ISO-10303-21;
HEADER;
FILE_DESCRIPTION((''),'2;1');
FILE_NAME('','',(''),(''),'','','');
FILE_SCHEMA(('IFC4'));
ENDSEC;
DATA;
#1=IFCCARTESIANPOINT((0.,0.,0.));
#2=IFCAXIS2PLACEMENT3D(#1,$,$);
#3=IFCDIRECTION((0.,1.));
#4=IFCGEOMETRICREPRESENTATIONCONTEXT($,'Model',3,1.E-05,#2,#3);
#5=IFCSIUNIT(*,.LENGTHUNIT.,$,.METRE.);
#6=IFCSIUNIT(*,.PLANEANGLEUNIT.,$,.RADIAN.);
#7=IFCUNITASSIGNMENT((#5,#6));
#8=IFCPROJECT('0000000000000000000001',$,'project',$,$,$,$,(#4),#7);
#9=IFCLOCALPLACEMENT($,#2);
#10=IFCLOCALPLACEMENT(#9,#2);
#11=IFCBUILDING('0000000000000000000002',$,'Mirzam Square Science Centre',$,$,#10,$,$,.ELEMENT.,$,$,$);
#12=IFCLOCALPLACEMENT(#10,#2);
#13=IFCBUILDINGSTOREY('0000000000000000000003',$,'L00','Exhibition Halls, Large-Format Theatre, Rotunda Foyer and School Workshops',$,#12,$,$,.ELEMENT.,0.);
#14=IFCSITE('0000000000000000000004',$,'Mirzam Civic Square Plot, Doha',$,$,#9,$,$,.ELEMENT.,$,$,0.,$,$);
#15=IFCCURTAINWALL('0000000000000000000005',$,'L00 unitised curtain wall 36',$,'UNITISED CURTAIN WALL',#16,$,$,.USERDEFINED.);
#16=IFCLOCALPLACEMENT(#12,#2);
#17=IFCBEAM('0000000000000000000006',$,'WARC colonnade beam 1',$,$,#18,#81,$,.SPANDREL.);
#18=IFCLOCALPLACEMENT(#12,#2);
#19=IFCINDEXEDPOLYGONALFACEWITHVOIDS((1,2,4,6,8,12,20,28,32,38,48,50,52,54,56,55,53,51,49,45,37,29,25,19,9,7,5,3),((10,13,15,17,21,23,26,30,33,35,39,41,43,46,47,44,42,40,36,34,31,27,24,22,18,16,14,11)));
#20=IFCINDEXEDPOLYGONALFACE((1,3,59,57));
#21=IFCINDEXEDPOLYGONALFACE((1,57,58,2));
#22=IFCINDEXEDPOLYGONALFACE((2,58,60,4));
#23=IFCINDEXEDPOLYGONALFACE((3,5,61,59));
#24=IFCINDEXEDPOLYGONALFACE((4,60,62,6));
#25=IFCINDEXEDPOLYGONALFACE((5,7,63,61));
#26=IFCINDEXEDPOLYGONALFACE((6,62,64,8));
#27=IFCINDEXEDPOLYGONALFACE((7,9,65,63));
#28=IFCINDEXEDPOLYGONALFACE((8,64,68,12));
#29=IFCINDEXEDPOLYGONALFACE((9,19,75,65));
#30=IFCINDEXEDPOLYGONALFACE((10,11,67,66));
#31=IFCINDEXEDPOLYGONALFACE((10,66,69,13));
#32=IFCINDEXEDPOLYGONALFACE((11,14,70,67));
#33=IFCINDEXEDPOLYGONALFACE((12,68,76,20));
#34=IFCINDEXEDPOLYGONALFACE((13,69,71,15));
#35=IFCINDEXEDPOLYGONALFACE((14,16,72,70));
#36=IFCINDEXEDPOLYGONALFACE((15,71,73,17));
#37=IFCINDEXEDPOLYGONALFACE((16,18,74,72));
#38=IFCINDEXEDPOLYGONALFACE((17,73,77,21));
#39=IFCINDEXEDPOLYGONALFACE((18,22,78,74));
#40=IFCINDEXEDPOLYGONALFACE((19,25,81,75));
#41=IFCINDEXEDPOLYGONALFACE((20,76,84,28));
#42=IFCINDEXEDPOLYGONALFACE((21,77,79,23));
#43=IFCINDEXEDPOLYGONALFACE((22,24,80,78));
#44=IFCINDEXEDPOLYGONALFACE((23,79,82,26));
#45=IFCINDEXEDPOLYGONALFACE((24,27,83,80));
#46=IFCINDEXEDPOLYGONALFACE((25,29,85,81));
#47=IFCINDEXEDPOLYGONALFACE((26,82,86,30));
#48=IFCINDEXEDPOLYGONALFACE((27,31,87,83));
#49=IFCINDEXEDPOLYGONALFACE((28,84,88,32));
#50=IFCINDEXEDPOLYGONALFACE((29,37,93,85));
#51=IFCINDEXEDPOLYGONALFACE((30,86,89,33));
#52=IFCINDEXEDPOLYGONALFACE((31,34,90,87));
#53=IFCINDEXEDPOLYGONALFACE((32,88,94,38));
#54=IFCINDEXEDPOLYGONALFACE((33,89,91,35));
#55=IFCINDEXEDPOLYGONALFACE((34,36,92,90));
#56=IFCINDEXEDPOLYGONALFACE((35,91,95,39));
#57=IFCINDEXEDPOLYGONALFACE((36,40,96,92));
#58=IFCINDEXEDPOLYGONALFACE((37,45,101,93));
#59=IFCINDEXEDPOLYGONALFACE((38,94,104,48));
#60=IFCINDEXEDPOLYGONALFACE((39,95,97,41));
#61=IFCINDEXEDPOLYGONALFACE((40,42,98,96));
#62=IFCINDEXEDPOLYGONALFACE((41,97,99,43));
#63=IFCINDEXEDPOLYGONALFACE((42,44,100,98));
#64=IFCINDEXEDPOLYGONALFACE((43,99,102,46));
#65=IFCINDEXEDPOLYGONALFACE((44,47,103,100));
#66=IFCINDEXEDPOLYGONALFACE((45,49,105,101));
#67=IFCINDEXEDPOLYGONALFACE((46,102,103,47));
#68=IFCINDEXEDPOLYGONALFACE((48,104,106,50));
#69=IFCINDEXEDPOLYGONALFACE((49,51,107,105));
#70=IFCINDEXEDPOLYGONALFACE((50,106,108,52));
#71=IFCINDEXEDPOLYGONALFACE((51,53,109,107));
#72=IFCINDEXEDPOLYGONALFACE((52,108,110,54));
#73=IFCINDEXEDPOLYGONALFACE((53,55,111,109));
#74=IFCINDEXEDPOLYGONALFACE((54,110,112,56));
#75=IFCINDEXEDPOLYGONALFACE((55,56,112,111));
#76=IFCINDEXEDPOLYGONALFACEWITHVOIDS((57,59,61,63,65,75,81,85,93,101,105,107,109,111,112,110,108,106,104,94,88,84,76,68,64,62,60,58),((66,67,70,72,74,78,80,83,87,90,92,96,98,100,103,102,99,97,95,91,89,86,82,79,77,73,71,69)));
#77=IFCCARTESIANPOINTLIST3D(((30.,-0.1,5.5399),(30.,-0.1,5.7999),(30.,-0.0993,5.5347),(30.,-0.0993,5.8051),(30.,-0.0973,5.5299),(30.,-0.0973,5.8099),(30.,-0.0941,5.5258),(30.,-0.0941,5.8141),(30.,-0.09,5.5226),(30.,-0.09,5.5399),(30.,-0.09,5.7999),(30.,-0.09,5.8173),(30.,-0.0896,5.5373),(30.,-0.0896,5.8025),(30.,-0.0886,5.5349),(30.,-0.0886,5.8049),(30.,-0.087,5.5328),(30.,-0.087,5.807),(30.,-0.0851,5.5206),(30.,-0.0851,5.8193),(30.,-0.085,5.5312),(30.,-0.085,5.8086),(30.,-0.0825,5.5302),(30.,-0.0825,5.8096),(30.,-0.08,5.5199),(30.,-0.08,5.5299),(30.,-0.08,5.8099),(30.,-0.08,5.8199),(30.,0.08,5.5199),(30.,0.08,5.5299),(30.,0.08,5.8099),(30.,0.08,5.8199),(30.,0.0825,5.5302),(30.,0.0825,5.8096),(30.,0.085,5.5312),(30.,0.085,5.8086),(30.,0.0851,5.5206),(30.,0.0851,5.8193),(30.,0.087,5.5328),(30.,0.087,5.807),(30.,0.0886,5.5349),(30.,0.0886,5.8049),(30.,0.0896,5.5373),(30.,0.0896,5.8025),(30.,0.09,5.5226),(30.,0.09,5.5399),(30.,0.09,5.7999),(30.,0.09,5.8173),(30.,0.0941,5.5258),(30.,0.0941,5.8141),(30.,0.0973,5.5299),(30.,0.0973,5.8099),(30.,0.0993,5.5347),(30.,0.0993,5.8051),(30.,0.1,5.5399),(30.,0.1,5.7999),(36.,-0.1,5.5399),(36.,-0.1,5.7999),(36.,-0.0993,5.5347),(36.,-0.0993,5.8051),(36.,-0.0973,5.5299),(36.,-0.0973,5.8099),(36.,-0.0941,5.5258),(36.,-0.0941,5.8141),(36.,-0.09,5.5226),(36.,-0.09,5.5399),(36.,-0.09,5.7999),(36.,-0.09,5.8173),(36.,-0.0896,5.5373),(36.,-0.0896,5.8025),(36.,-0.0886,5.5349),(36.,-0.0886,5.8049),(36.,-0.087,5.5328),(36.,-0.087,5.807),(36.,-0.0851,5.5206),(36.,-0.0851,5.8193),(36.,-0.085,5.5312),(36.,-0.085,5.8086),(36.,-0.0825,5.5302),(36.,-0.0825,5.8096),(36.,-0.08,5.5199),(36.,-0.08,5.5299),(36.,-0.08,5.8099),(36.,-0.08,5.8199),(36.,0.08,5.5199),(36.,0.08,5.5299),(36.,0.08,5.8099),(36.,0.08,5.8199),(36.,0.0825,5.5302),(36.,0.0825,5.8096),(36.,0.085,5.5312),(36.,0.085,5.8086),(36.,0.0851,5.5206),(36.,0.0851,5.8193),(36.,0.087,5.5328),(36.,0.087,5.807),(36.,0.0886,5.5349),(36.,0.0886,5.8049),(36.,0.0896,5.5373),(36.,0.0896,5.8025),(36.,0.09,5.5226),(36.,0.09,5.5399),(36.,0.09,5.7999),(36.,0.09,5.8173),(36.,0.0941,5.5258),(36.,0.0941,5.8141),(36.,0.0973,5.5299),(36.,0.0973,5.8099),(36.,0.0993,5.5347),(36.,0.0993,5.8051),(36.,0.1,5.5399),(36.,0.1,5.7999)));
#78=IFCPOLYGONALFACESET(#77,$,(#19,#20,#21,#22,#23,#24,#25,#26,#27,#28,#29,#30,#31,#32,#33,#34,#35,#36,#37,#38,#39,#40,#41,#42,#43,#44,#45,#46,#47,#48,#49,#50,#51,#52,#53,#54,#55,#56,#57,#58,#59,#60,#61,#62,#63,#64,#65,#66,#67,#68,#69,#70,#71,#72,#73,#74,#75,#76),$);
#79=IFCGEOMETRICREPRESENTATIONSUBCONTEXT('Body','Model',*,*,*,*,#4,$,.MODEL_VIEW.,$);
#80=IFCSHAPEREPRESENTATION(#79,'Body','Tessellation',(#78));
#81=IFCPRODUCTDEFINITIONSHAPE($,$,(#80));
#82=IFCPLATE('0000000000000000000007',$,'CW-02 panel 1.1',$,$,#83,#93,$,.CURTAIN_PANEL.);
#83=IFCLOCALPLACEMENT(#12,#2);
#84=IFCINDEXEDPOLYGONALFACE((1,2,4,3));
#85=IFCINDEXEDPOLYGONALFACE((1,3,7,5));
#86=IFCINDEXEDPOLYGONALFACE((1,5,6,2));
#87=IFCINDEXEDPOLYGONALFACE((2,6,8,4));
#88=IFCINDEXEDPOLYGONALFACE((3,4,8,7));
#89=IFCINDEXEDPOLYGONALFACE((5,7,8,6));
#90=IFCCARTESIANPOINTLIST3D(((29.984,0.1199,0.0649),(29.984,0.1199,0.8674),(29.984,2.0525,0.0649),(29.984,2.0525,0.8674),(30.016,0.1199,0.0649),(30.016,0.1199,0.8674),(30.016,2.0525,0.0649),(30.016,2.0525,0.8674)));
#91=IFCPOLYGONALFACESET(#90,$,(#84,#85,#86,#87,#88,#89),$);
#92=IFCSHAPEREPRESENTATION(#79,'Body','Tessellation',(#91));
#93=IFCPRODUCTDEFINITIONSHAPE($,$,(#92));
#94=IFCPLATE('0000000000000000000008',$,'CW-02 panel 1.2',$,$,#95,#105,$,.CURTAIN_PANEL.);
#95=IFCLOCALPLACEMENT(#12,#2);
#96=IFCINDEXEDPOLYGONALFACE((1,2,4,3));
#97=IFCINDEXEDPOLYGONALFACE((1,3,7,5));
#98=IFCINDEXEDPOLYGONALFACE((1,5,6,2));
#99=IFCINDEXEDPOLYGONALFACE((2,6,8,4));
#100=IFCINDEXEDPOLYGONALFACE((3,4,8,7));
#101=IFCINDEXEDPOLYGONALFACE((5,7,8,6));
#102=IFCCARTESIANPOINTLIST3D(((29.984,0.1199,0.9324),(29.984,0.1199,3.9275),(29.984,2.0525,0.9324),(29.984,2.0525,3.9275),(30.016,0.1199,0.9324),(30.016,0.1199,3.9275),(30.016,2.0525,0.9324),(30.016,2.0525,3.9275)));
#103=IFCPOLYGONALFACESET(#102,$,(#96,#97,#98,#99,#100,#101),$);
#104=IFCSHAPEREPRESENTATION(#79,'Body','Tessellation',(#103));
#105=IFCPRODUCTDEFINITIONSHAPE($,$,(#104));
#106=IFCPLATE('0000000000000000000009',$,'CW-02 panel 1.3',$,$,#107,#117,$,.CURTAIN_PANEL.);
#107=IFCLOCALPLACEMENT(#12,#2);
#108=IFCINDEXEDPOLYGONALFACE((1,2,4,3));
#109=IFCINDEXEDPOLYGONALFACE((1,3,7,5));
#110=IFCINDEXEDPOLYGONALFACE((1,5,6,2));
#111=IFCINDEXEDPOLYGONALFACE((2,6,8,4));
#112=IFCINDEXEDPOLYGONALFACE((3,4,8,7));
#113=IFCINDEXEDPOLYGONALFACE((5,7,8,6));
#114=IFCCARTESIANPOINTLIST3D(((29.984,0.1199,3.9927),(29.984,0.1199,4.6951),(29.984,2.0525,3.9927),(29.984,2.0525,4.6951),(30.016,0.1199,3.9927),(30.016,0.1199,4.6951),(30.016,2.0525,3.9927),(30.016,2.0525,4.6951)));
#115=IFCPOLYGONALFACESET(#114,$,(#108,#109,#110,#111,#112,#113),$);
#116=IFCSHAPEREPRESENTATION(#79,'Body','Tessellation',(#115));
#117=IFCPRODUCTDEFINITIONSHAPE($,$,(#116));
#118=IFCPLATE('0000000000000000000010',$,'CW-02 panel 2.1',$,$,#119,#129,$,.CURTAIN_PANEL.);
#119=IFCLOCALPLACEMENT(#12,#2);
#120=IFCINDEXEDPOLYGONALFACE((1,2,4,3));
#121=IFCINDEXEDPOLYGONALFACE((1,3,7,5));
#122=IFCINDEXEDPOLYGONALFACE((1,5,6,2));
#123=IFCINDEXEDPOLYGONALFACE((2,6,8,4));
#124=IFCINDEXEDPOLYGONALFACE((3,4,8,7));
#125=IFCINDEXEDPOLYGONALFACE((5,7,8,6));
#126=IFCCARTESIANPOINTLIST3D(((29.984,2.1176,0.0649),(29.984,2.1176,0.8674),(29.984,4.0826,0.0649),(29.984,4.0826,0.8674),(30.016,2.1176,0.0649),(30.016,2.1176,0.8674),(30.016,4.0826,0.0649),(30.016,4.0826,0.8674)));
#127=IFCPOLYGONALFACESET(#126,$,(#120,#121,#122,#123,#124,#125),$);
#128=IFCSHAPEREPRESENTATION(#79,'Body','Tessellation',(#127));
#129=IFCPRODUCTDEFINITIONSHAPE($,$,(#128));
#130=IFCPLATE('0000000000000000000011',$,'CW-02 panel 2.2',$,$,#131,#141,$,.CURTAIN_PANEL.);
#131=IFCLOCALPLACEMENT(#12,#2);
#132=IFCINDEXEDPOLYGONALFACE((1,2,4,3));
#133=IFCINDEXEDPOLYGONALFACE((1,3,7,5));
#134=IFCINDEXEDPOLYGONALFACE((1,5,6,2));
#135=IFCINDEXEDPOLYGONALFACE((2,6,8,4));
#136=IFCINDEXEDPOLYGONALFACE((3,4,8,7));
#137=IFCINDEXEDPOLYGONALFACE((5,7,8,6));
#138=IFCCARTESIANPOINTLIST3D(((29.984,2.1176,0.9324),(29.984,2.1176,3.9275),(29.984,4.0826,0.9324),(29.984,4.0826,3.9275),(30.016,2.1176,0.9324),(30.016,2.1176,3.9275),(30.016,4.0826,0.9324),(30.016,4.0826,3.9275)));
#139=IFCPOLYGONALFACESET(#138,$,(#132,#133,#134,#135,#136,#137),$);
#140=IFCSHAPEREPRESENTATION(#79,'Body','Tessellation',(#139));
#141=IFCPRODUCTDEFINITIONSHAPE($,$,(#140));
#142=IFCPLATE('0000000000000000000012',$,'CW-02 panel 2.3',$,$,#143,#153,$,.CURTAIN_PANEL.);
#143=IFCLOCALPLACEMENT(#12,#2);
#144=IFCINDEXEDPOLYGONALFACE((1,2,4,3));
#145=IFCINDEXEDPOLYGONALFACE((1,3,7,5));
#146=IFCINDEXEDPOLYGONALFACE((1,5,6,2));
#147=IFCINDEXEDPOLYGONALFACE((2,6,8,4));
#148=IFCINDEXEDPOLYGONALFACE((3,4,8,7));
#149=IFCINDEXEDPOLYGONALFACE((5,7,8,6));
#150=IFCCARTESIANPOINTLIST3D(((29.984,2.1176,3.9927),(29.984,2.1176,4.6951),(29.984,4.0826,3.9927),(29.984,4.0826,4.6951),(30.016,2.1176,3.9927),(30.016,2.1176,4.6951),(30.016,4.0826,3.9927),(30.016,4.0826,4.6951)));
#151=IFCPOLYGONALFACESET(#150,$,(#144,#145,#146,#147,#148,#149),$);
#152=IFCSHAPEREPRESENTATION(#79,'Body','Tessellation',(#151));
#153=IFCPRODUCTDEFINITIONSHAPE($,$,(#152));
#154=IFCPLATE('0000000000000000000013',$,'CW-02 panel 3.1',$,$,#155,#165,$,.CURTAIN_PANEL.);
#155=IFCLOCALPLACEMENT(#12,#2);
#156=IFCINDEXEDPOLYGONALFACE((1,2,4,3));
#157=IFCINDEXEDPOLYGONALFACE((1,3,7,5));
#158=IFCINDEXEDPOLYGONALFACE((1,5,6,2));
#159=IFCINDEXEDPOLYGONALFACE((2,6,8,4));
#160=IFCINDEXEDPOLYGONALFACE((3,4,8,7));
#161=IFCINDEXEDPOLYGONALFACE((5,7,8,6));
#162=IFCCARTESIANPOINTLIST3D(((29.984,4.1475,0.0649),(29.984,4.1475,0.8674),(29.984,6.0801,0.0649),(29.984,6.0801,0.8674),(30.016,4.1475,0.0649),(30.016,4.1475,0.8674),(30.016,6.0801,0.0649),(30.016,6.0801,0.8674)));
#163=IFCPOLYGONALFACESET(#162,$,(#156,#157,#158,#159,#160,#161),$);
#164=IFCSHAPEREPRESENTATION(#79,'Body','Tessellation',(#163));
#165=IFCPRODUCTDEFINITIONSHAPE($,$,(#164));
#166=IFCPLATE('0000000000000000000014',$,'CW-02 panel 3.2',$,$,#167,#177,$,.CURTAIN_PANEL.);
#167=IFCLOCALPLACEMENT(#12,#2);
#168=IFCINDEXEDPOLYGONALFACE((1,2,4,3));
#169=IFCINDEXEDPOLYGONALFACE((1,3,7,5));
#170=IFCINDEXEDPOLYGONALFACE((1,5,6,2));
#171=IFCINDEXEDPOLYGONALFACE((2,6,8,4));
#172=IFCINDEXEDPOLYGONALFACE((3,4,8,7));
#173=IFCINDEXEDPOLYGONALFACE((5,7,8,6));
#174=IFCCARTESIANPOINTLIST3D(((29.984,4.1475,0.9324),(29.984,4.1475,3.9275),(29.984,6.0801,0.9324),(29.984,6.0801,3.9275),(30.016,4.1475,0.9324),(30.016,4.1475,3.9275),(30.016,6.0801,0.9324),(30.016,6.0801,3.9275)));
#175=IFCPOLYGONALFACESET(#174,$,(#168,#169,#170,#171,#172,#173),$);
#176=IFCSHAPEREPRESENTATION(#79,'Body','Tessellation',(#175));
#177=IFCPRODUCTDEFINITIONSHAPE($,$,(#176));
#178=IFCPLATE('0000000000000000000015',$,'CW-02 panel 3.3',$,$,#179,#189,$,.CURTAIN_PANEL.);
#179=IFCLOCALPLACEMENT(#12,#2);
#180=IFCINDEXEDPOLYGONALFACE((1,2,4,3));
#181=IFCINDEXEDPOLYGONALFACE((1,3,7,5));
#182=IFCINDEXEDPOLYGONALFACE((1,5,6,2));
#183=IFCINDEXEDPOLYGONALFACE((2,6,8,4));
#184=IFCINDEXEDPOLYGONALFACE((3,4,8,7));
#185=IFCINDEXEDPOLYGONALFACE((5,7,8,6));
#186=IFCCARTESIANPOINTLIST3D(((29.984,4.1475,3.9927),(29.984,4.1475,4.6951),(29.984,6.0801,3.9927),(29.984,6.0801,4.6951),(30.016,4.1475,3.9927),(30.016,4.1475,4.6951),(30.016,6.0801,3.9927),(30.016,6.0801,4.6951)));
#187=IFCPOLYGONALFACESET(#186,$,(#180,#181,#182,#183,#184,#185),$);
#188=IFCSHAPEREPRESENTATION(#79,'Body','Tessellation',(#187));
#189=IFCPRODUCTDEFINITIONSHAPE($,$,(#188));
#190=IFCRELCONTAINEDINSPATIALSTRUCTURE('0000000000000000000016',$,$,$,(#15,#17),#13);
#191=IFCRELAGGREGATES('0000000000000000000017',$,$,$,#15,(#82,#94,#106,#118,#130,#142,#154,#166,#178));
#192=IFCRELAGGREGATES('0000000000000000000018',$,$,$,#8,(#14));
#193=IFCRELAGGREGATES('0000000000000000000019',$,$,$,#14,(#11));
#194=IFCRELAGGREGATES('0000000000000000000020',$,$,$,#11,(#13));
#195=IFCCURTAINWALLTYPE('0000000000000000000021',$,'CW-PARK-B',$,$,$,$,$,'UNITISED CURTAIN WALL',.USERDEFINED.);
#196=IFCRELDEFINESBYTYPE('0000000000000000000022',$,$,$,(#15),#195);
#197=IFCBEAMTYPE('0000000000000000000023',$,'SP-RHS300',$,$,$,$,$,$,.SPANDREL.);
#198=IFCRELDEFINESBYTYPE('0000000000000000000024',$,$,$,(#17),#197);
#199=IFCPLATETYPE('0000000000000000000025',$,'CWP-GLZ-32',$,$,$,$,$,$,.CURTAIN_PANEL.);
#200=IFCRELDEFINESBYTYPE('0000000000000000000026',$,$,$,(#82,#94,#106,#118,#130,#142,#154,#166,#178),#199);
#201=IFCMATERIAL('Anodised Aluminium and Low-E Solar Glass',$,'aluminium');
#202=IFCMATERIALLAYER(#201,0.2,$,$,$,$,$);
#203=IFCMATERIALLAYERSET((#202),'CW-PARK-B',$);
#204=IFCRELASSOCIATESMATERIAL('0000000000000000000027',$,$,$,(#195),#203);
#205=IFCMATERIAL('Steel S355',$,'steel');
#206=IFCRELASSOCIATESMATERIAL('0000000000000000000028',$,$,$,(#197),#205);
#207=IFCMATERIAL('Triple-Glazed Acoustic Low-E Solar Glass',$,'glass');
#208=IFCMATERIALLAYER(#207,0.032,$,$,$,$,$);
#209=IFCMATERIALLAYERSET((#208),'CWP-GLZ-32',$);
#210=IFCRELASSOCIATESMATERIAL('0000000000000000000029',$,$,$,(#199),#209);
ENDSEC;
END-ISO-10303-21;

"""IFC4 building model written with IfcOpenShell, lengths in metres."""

from ifc_helpers import new_model, si_unit, direction, frame, origin, origin_2d, place, context, subcontext, project, spatial, rectangle, hollow_rectangle, extrude, material, layer, layer_set, material_profile, profile_set, type_object, element, aggregate, save


model = new_model("IFC4")

# Units and contexts
model_context = context("Model", 3, precision=1e-05, world=origin(), true_north=direction((0.0, 1.0)))
body_context = subcontext(model_context, "Body", "Model", "MODEL_VIEW")
ifc_project = project(units=[si_unit("LENGTHUNIT", "METRE"), si_unit("PLANEANGLEUNIT", "RADIAN")], contexts=[model_context])

# Site, building, storey
site_placement = place(None, origin())
site = spatial("IfcSite", under=ifc_project, at=site_placement, Name="Mirzam Civic Square Plot, Doha", CompositionType="ELEMENT", RefElevation=0.0)
building_placement = place(site_placement, origin())
building = spatial("IfcBuilding", under=site, at=building_placement, Name="Mirzam Square Science Centre", CompositionType="ELEMENT")
storey_placement = place(building_placement, origin())
storey = spatial("IfcBuildingStorey", under=building, at=storey_placement, Name="L00", Description="Exhibition Halls, Large-Format Theatre, Rotunda Foyer and School Workshops", CompositionType="ELEMENT", Elevation=0.0)

# Curtain wall
ifc_material_1 = material(Name="Anodised Aluminium and Low-E Solar Glass", Category="aluminium")
ifc_layer_1 = layer(ifc_material_1, 0.2)
ifc_layer_set_1 = layer_set([ifc_layer_1], Name="CW-PARK-B")
curtain_wall_type = type_object("IfcCurtainWallType", Name="CW-PARK-B", ElementType="UNITISED CURTAIN WALL", PredefinedType="USERDEFINED", material=ifc_layer_set_1)
curtain_wall_placement = place(storey_placement, origin())
curtain_wall = element("IfcCurtainWall", 1, at=curtain_wall_placement, inside=storey, type_object=curtain_wall_type, Name="L00 unitised curtain wall 36", ObjectType="UNITISED CURTAIN WALL", PredefinedType="USERDEFINED")

# Beam
ifc_material_2 = material(Name="Steel S355", Category="steel")
ifc_material_profile_1 = material_profile(ifc_material_2, hollow_rectangle(XDim=0.2, YDim=0.3, WallThickness=0.01, InnerFilletRadius=0.01, OuterFilletRadius=0.02, at=origin_2d()), Name="300x200x10.0RHS")
ifc_profile_set_1 = profile_set([ifc_material_profile_1], Name="Steel S355")
beam_type = type_object("IfcBeamType", Name="SP-RHS300", PredefinedType="SPANDREL", material=ifc_profile_set_1)
beam_placement = place(storey_placement, frame((30.0, 0.0, 5.6699), z_axis=(1.0, 0.0, 0.0), x_axis=(0.0, 1.0, 0.0)))
element("IfcBeam", 2, at=beam_placement, inside=storey, type_object=beam_type, Name="WARC colonnade beam 1", PredefinedType="SPANDREL", context=body_context, shape_type="SweptSolid", body=[
    extrude(hollow_rectangle(XDim=0.2, YDim=0.3, WallThickness=0.01, InnerFilletRadius=0.01, OuterFilletRadius=0.02, at=origin_2d()), origin(), (0.0, 0.0, 1.0), 6.0),
])

# Plates
ifc_material_3 = material(Name="Triple-Glazed Acoustic Low-E Solar Glass", Category="glass")
ifc_layer_2 = layer(ifc_material_3, 0.032)
ifc_layer_set_2 = layer_set([ifc_layer_2], Name="CWP-GLZ-32")
plate_type = type_object("IfcPlateType", Name="CWP-GLZ-32", PredefinedType="CURTAIN_PANEL", material=ifc_layer_set_2)
plate_1_placement = place(storey_placement, frame((30.0, 1.0862, 0.0649), z_axis=(0.0, 0.0, 1.0), x_axis=(0.0, 1.0, 0.0)))
plate_1 = element("IfcPlate", 3, at=plate_1_placement, type_object=plate_type, Name="CW-02 panel 1.1", PredefinedType="CURTAIN_PANEL", context=body_context, shape_type="SweptSolid", body=[
    extrude(rectangle(XDim=1.9326, YDim=0.032, at=origin_2d()), origin(), (0.0, 0.0, 1.0), 0.8025),
])
plate_2_placement = place(storey_placement, frame((30.0, 1.0862, 0.9324), z_axis=(0.0, 0.0, 1.0), x_axis=(0.0, 1.0, 0.0)))
plate_2 = element("IfcPlate", 4, at=plate_2_placement, type_object=plate_type, Name="CW-02 panel 1.2", PredefinedType="CURTAIN_PANEL", context=body_context, shape_type="SweptSolid", body=[
    extrude(rectangle(XDim=1.9326, YDim=0.032, at=origin_2d()), origin(), (0.0, 0.0, 1.0), 2.9951),
])
plate_3_placement = place(storey_placement, frame((30.0, 1.0862, 3.9927), z_axis=(0.0, 0.0, 1.0), x_axis=(0.0, 1.0, 0.0)))
plate_3 = element("IfcPlate", 5, at=plate_3_placement, type_object=plate_type, Name="CW-02 panel 1.3", PredefinedType="CURTAIN_PANEL", context=body_context, shape_type="SweptSolid", body=[
    extrude(rectangle(XDim=1.9326, YDim=0.032, at=origin_2d()), origin(), (0.0, 0.0, 1.0), 0.7024),
])
plate_4_placement = place(storey_placement, frame((30.0, 3.1001, 0.0649), z_axis=(0.0, 0.0, 1.0), x_axis=(0.0, 1.0, 0.0)))
plate_4 = element("IfcPlate", 6, at=plate_4_placement, type_object=plate_type, Name="CW-02 panel 2.1", PredefinedType="CURTAIN_PANEL", context=body_context, shape_type="SweptSolid", body=[
    extrude(rectangle(XDim=1.9651, YDim=0.032, at=origin_2d()), origin(), (0.0, 0.0, 1.0), 0.8025),
])
plate_5_placement = place(storey_placement, frame((30.0, 3.1001, 0.9324), z_axis=(0.0, 0.0, 1.0), x_axis=(0.0, 1.0, 0.0)))
plate_5 = element("IfcPlate", 7, at=plate_5_placement, type_object=plate_type, Name="CW-02 panel 2.2", PredefinedType="CURTAIN_PANEL", context=body_context, shape_type="SweptSolid", body=[
    extrude(rectangle(XDim=1.9651, YDim=0.032, at=origin_2d()), origin(), (0.0, 0.0, 1.0), 2.9951),
])
plate_6_placement = place(storey_placement, frame((30.0, 3.1001, 3.9927), z_axis=(0.0, 0.0, 1.0), x_axis=(0.0, 1.0, 0.0)))
plate_6 = element("IfcPlate", 8, at=plate_6_placement, type_object=plate_type, Name="CW-02 panel 2.3", PredefinedType="CURTAIN_PANEL", context=body_context, shape_type="SweptSolid", body=[
    extrude(rectangle(XDim=1.9651, YDim=0.032, at=origin_2d()), origin(), (0.0, 0.0, 1.0), 0.7024),
])
plate_7_placement = place(storey_placement, frame((30.0, 5.1138, 0.0649), z_axis=(0.0, 0.0, 1.0), x_axis=(0.0, 1.0, 0.0)))
plate_7 = element("IfcPlate", 9, at=plate_7_placement, type_object=plate_type, Name="CW-02 panel 3.1", PredefinedType="CURTAIN_PANEL", context=body_context, shape_type="SweptSolid", body=[
    extrude(rectangle(XDim=1.9326, YDim=0.032, at=origin_2d()), origin(), (0.0, 0.0, 1.0), 0.8025),
])
plate_8_placement = place(storey_placement, frame((30.0, 5.1138, 0.9324), z_axis=(0.0, 0.0, 1.0), x_axis=(0.0, 1.0, 0.0)))
plate_8 = element("IfcPlate", 10, at=plate_8_placement, type_object=plate_type, Name="CW-02 panel 3.2", PredefinedType="CURTAIN_PANEL", context=body_context, shape_type="SweptSolid", body=[
    extrude(rectangle(XDim=1.9326, YDim=0.032, at=origin_2d()), origin(), (0.0, 0.0, 1.0), 2.9951),
])
plate_9_placement = place(storey_placement, frame((30.0, 5.1138, 3.9927), z_axis=(0.0, 0.0, 1.0), x_axis=(0.0, 1.0, 0.0)))
plate_9 = element("IfcPlate", 11, at=plate_9_placement, type_object=plate_type, Name="CW-02 panel 3.3", PredefinedType="CURTAIN_PANEL", context=body_context, shape_type="SweptSolid", body=[
    extrude(rectangle(XDim=1.9326, YDim=0.032, at=origin_2d()), origin(), (0.0, 0.0, 1.0), 0.7024),
])
aggregate(curtain_wall, [plate_1, plate_2, plate_3, plate_4, plate_5, plate_6, plate_7, plate_8, plate_9])

save(model, "model.ifc")
